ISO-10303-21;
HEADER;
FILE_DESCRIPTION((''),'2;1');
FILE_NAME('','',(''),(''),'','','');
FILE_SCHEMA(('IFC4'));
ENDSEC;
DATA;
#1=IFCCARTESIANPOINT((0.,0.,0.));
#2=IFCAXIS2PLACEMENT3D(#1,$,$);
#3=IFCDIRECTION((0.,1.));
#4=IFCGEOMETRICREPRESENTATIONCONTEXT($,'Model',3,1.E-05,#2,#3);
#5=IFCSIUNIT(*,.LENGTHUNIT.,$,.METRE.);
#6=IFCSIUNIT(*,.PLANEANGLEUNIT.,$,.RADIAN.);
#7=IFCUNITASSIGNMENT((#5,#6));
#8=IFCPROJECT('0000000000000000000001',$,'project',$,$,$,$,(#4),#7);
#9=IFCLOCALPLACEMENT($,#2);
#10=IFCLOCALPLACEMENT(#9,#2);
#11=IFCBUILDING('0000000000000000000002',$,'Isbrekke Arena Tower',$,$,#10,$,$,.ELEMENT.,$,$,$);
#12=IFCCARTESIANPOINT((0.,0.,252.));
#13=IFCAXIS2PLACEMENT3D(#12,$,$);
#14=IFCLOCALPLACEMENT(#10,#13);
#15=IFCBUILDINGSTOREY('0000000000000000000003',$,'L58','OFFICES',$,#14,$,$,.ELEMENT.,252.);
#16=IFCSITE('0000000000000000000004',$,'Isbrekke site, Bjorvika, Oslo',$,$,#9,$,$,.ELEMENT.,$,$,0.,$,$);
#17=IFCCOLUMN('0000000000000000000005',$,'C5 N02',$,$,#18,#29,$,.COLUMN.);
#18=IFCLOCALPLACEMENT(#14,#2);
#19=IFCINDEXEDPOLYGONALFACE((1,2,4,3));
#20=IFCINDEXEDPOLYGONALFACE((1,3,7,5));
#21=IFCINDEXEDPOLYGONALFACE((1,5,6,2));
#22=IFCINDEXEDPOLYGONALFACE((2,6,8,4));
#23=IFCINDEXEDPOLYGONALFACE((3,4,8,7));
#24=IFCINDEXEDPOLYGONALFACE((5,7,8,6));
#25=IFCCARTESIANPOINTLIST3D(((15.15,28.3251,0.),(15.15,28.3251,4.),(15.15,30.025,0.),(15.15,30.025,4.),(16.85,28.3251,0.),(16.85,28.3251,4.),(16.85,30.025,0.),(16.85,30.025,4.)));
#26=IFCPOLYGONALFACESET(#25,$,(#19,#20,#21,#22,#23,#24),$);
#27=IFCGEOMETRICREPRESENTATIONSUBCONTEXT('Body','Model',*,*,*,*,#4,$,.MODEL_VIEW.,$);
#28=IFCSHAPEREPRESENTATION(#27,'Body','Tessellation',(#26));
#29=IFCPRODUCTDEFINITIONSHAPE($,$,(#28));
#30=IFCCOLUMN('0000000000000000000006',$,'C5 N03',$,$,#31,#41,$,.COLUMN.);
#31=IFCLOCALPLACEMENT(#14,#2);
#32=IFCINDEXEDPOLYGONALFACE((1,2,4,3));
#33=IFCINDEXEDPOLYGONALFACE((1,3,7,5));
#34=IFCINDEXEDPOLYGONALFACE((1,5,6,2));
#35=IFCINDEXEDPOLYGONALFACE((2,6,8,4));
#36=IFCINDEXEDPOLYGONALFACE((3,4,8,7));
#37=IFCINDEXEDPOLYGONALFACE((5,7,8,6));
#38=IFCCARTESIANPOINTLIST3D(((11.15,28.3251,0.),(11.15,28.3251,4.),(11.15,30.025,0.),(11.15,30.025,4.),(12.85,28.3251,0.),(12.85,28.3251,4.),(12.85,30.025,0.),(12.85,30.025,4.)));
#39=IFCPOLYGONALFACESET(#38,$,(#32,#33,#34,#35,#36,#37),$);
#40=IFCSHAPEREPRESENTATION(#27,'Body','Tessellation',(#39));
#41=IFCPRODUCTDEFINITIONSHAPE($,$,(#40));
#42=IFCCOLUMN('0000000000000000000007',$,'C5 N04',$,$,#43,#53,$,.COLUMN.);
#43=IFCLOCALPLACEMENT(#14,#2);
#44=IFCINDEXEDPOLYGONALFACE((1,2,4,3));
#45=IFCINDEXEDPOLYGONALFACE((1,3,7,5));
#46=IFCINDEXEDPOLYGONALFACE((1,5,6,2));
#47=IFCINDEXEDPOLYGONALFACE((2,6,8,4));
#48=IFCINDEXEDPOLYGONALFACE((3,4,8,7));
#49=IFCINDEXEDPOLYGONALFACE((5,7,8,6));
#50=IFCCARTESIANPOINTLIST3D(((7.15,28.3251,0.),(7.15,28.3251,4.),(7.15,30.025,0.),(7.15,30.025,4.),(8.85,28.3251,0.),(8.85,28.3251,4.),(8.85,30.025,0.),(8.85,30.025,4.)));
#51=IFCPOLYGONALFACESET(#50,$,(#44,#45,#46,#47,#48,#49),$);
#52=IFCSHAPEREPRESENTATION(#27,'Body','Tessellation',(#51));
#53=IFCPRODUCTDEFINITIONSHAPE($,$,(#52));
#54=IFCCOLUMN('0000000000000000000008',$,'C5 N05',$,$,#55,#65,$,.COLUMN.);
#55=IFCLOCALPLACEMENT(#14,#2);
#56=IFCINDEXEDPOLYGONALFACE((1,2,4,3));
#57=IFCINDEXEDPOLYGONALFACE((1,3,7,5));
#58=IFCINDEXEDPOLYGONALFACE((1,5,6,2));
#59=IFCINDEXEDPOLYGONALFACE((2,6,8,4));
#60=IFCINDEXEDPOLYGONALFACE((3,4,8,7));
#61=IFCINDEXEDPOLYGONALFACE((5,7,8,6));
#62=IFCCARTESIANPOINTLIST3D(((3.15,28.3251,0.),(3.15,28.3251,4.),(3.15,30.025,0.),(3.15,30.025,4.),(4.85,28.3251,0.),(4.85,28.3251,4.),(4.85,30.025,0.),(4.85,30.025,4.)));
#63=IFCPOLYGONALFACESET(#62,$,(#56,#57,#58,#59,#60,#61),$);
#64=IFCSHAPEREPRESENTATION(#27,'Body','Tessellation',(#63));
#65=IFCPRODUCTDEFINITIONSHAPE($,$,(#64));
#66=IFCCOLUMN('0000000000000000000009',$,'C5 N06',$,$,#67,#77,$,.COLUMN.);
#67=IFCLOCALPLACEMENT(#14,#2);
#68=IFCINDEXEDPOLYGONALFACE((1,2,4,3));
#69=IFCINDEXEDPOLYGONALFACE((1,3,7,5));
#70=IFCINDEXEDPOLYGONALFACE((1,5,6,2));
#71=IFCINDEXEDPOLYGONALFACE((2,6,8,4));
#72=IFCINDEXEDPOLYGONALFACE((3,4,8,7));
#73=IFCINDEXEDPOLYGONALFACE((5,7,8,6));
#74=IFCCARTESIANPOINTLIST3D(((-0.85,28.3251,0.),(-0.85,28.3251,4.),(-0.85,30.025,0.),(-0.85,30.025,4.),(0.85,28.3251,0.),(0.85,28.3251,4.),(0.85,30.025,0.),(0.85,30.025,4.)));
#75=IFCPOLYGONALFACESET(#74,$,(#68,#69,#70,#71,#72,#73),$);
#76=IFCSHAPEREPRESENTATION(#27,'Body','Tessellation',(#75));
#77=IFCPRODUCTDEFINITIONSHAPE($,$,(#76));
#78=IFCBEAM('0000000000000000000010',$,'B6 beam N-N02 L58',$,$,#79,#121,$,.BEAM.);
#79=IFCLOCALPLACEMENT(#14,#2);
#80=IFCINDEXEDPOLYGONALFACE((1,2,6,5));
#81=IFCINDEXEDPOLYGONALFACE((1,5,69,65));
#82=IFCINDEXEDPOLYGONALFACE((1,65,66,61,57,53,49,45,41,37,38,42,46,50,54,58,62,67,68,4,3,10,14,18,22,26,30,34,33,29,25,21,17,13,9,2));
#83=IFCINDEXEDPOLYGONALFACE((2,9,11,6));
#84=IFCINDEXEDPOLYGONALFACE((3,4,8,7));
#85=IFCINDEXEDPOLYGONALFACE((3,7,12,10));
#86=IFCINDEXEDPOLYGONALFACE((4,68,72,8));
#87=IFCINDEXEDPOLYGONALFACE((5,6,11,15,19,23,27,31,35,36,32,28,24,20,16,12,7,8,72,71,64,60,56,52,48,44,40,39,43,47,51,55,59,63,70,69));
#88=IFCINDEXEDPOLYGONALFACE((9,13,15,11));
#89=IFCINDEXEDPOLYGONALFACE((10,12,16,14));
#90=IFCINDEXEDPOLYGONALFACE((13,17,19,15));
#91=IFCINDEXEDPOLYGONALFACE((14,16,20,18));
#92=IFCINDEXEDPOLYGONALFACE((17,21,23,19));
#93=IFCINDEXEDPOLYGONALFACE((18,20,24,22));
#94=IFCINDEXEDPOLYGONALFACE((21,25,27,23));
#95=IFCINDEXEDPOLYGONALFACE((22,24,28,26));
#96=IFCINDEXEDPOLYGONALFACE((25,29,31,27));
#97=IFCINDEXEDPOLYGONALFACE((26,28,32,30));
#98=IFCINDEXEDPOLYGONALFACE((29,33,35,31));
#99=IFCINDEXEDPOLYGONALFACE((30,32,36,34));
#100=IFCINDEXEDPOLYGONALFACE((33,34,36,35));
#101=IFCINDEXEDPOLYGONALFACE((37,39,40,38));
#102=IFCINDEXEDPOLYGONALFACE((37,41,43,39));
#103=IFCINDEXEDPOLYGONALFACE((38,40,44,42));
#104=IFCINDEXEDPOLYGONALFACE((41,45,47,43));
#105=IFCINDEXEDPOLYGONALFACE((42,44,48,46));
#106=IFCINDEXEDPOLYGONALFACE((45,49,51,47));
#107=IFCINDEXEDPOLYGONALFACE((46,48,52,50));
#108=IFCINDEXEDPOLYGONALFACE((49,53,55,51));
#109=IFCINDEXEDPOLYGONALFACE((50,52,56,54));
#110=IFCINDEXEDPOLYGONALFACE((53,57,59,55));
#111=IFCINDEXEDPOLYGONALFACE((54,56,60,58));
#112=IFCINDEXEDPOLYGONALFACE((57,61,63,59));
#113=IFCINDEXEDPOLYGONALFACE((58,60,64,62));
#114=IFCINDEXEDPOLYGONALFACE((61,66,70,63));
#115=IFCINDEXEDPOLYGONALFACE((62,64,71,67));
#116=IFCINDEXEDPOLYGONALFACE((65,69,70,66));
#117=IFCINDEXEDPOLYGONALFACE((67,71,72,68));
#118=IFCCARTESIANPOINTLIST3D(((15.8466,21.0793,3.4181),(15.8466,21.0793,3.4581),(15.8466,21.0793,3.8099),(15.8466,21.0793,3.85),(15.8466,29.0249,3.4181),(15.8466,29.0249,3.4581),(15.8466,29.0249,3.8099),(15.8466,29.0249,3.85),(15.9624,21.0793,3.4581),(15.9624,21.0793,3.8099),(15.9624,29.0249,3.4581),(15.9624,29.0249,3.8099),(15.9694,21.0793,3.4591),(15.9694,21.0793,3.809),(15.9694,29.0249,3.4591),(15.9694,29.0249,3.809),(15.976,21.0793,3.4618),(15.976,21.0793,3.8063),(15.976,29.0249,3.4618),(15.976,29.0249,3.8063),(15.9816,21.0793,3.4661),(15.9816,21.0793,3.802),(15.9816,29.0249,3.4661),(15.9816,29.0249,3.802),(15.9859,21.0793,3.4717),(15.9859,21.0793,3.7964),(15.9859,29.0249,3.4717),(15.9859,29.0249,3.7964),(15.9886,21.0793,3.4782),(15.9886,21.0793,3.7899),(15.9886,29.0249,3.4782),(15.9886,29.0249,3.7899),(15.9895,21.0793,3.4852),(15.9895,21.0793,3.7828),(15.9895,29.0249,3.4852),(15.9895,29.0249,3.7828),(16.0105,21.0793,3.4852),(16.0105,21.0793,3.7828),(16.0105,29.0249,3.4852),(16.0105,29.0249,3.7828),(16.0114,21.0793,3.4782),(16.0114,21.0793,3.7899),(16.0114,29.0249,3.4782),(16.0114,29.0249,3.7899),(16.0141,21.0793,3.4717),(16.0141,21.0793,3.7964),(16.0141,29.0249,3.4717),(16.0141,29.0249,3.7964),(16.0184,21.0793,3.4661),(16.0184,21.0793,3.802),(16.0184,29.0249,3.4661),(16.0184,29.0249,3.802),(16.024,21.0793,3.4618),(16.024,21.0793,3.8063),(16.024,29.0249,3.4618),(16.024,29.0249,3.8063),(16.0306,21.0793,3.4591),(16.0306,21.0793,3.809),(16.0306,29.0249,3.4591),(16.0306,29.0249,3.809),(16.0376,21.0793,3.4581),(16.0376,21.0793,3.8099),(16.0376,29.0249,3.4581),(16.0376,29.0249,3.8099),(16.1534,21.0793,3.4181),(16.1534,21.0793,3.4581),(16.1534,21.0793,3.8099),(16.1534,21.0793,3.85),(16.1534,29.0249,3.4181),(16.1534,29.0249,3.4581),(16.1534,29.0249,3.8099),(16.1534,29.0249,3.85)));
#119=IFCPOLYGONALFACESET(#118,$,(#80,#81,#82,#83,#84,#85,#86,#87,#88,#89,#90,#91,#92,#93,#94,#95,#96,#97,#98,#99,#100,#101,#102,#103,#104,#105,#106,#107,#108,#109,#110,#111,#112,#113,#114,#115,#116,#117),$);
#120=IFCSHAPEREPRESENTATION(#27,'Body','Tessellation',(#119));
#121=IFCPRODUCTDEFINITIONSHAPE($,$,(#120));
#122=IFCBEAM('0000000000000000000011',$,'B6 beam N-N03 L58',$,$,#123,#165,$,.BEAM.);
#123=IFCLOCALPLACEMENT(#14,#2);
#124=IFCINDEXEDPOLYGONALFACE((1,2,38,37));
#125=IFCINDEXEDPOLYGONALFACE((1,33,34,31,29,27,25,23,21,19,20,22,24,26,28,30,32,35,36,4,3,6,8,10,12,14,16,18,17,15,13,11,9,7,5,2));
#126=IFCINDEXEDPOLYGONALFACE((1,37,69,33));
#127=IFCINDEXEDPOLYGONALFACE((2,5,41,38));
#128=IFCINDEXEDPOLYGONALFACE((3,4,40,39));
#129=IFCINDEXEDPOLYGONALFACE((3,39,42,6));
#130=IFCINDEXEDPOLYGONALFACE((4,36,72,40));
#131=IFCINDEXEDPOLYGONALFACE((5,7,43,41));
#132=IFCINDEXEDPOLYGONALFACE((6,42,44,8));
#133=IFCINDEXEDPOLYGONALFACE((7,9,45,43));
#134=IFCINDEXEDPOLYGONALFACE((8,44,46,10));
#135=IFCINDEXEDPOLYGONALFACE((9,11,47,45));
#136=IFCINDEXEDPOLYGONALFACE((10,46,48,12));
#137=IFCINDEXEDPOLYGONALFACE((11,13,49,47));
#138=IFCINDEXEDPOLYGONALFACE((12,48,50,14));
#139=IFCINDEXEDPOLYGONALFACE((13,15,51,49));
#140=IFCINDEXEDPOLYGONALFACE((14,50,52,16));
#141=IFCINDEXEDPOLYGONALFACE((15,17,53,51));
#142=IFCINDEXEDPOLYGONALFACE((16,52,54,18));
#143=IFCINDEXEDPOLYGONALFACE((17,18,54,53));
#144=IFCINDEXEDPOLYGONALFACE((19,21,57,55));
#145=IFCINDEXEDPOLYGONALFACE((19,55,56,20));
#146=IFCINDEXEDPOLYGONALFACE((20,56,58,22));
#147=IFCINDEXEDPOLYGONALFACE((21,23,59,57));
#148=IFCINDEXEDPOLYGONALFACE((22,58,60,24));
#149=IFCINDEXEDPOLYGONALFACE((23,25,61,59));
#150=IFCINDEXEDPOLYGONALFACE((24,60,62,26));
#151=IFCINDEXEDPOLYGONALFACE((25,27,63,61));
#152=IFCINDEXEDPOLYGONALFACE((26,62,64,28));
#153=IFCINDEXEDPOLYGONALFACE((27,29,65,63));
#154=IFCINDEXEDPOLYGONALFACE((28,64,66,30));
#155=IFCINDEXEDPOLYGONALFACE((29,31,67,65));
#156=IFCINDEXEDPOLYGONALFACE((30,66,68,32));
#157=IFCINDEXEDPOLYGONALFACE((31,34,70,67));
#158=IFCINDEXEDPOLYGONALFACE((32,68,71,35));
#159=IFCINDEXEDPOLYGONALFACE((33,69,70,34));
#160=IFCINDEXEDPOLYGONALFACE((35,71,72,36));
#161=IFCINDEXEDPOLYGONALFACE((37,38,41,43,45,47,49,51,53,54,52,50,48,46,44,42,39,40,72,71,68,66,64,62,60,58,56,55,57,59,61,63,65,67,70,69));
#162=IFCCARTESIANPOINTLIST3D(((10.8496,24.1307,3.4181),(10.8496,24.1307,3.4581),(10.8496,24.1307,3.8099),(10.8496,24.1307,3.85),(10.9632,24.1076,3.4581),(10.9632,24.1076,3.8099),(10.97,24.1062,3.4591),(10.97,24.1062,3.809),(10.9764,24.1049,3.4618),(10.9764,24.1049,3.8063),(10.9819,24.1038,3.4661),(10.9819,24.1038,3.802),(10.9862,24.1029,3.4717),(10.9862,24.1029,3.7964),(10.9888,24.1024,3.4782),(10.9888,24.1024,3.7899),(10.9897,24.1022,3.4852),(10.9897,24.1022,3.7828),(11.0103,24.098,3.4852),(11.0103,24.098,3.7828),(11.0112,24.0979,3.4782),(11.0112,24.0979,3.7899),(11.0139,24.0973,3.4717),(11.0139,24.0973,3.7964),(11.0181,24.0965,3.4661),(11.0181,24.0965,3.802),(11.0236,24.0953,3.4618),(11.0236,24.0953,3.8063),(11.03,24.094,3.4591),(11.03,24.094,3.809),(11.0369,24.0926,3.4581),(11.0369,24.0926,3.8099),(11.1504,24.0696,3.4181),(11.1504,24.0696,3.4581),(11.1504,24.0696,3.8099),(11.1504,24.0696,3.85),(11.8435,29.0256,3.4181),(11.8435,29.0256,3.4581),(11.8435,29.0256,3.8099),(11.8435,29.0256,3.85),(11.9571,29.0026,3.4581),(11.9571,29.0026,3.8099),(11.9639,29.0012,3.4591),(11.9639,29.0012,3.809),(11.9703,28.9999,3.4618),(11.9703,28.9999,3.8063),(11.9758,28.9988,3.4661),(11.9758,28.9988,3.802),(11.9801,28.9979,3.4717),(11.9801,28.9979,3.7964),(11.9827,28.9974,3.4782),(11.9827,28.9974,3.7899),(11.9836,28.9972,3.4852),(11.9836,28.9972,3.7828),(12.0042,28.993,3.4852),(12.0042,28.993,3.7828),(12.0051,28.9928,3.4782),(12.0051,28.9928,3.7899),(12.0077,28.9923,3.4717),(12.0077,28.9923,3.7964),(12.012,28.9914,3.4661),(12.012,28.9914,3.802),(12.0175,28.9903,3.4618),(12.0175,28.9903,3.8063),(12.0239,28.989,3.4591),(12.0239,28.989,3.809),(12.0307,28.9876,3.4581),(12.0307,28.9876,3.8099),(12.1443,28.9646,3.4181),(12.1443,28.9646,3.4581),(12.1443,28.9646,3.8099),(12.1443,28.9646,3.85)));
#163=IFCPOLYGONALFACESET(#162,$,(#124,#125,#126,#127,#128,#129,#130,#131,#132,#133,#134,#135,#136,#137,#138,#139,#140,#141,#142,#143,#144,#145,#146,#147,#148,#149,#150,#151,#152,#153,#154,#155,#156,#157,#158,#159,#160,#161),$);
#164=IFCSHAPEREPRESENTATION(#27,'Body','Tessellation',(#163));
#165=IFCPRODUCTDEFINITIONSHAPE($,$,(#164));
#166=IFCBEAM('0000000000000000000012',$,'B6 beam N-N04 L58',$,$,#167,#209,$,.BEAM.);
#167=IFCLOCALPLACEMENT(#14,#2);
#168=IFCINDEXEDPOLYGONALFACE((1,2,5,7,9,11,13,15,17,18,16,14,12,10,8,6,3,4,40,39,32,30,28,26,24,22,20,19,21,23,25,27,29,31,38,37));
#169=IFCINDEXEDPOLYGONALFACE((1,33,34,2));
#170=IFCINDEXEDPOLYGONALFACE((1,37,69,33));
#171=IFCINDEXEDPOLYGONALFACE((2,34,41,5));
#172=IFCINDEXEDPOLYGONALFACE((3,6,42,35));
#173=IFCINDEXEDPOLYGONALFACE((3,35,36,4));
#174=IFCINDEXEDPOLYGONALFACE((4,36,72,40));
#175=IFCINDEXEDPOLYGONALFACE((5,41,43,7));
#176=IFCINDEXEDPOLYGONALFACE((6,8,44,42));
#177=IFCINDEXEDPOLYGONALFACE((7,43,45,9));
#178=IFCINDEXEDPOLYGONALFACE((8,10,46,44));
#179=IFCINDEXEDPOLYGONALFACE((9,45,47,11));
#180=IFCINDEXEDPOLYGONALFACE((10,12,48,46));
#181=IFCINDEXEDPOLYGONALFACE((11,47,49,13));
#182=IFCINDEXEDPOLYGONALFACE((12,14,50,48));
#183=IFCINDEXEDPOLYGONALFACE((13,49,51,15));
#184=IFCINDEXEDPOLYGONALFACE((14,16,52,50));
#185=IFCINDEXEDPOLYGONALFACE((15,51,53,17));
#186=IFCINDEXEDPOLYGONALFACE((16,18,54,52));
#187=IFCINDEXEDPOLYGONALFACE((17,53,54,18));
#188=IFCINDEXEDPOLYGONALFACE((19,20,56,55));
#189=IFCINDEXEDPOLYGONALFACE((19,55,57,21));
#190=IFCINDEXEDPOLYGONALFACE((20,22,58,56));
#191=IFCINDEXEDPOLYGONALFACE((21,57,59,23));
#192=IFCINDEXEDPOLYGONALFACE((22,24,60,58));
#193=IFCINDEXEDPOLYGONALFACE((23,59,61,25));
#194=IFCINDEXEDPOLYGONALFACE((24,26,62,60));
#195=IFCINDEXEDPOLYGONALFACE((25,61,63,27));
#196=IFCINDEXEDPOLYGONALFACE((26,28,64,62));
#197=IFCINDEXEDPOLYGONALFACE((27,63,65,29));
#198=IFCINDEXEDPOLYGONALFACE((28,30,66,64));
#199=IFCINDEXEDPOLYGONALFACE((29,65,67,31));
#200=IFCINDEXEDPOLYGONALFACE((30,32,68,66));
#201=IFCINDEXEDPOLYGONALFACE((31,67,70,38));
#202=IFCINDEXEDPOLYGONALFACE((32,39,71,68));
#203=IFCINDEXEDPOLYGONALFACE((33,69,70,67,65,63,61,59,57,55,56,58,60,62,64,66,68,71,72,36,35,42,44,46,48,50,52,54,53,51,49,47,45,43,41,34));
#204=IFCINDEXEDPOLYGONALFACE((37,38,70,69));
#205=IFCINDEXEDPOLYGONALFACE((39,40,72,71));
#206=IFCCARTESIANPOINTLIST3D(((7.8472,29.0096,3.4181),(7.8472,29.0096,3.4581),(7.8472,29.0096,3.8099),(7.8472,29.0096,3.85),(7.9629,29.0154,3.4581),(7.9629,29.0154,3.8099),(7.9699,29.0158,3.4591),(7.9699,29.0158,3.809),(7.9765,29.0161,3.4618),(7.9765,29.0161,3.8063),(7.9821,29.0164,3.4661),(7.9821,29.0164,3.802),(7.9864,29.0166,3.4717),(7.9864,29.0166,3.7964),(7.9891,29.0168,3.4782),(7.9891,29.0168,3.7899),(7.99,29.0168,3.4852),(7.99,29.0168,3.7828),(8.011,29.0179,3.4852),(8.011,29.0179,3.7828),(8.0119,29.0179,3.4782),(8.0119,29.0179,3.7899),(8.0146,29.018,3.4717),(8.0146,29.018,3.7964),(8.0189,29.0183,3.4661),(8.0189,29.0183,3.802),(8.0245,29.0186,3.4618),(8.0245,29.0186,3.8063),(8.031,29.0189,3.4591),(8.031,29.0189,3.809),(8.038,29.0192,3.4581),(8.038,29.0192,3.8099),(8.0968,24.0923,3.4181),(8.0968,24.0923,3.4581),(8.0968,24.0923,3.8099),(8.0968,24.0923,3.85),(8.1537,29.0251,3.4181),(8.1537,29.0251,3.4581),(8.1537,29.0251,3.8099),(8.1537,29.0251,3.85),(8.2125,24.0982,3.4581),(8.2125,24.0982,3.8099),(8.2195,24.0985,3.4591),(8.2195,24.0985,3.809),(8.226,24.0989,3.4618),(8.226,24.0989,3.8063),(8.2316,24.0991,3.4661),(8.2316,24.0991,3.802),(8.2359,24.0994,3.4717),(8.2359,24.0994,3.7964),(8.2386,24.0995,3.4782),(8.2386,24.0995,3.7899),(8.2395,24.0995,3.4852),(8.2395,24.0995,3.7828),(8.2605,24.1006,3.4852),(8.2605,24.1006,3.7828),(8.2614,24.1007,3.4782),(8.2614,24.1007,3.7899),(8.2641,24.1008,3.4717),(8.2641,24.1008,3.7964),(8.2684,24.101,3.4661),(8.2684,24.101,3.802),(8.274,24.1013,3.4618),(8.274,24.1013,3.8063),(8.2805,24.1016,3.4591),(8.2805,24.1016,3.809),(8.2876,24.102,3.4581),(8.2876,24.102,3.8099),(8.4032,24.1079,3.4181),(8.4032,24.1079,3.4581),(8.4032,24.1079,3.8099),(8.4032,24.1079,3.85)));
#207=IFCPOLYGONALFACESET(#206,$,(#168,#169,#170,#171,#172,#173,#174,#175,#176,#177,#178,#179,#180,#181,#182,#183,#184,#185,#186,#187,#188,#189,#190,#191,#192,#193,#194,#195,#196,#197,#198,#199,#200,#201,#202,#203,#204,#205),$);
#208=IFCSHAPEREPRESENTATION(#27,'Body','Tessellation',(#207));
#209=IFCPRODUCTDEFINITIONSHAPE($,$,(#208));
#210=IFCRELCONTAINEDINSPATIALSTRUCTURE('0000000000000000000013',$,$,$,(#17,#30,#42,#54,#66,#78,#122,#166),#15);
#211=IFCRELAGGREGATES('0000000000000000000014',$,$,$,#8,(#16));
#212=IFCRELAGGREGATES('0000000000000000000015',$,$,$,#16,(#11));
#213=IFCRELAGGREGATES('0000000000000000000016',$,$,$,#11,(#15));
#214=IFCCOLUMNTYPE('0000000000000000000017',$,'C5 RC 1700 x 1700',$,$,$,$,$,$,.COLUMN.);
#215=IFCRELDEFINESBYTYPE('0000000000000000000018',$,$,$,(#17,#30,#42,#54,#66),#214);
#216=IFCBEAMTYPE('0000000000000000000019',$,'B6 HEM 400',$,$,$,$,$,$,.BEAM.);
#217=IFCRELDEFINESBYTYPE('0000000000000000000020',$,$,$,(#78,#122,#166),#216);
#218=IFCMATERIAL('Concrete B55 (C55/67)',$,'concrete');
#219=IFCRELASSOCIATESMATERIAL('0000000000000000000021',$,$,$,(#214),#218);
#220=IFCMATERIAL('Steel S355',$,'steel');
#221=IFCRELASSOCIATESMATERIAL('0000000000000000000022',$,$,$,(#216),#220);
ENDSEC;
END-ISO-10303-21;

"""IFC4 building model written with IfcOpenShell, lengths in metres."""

from ifc_helpers import new_model, si_unit, direction, frame, origin, origin_2d, place, context, subcontext, project, spatial, rectangle, i_section, extrude, material, material_profile, profile_set, type_object, element, save


model = new_model("IFC4")

# Units and contexts
model_context = context("Model", 3, precision=1e-05, world=origin(), true_north=direction((0.0, 1.0)))
body_context = subcontext(model_context, "Body", "Model", "MODEL_VIEW")
ifc_project = project(units=[si_unit("LENGTHUNIT", "METRE"), si_unit("PLANEANGLEUNIT", "RADIAN")], contexts=[model_context])

# Site, building, storey
site_placement = place(None, origin())
site = spatial("IfcSite", under=ifc_project, at=site_placement, Name="Isbrekke site, Bjorvika, Oslo", CompositionType="ELEMENT", RefElevation=0.0)
building_placement = place(site_placement, origin())
building = spatial("IfcBuilding", under=site, at=building_placement, Name="Isbrekke Arena Tower", CompositionType="ELEMENT")
storey_placement = place(building_placement, frame((0.0, 0.0, 252.0)))
storey = spatial("IfcBuildingStorey", under=building, at=storey_placement, Name="L58", Description="OFFICES", CompositionType="ELEMENT", Elevation=252.0)

# Columns
ifc_material_1 = material(Name="Concrete B55 (C55/67)", Category="concrete")
ifc_material_profile_1 = material_profile(ifc_material_1, rectangle(XDim=1.7, YDim=1.7, at=origin_2d()), Name="RC 1700x1700")
ifc_profile_set_1 = profile_set([ifc_material_profile_1], Name="Concrete B55 (C55/67)")
column_type = type_object("IfcColumnType", Name="C5 RC 1700 x 1700", PredefinedType="COLUMN", material=ifc_profile_set_1)
for number, where, z_axis, x_axis, name in (
    (1, (16.0, 29.175, 0.0), (0.0, 0.0, 1.0), (-1.0, 0.0, 0.0), "C5 N02"),
    (2, (12.0, 29.175, 0.0), (0.0, 0.0, 1.0), (-1.0, 0.0, 0.0), "C5 N03"),
    (3, (8.0, 29.175, 0.0), (0.0, 0.0, 1.0), (-1.0, 0.0, 0.0), "C5 N04"),
    (4, (4.0, 29.175, 0.0), (0.0, 0.0, 1.0), (-1.0, 0.0, 0.0), "C5 N05"),
    (5, (0.0, 29.175, 0.0), (0.0, 0.0, 1.0), (-1.0, 0.0, 0.0), "C5 N06"),
):
    element("IfcColumn", number, at=place(storey_placement, frame(where, z_axis=z_axis, x_axis=x_axis)), inside=storey, type_object=column_type, Name=name, PredefinedType="COLUMN", context=body_context, shape_type="SweptSolid", body=[
        extrude(rectangle(XDim=1.7, YDim=1.7, at=origin_2d()), origin(), (0.0, 0.0, 1.0), 4.0),
    ])

# Beams
ifc_material_2 = material(Name="Steel S355", Category="steel")
ifc_material_profile_2 = material_profile(ifc_material_2, i_section(OverallWidth=0.3069, OverallDepth=0.4319, WebThickness=0.021, FlangeThickness=0.04, FilletRadius=0.0271, at=origin_2d()), Name="HEM 400")
ifc_profile_set_2 = profile_set([ifc_material_profile_2], Name="Steel S355")
beam_type_1 = type_object("IfcBeamType", Name="B6 HEM 400", PredefinedType="BEAM", material=ifc_profile_set_2)
beam_1_placement = place(storey_placement, frame((16.0, 29.0249, 3.634), z_axis=(0.0, -1.0, 0.0), x_axis=(1.0, 0.0, 0.0)))
element("IfcBeam", 6, at=beam_1_placement, inside=storey, type_object=beam_type_1, Name="B6 beam N-N02 L58", PredefinedType="BEAM", context=body_context, shape_type="SweptSolid", body=[
    extrude(i_section(OverallWidth=0.3069, OverallDepth=0.4319, WebThickness=0.021, FlangeThickness=0.04, FilletRadius=0.0271, at=origin_2d()), origin(), (0.0, 0.0, 1.0), 7.9456),
])
beam_2_placement = place(storey_placement, frame((11.9939, 28.9951, 3.634), z_axis=(-0.198982, -0.980003, 0.0), x_axis=(0.980003, -0.198982, 0.0)))
element("IfcBeam", 7, at=beam_2_placement, inside=storey, type_object=beam_type_1, Name="B6 beam N-N03 L58", PredefinedType="BEAM", context=body_context, shape_type="SweptSolid", body=[
    extrude(i_section(OverallWidth=0.3069, OverallDepth=0.4319, WebThickness=0.021, FlangeThickness=0.04, FilletRadius=0.0271, at=origin_2d()), origin(), (0.0, 0.0, 1.0), 4.9949),
])
beam_3_placement = place(storey_placement, frame((8.0005, 29.0173, 3.634), z_axis=(0.050677, -0.998715, 0.0), x_axis=(0.998715, 0.050677, 0.0)))
element("IfcBeam", 8, at=beam_3_placement, inside=storey, type_object=beam_type_1, Name="B6 beam N-N04 L58", PredefinedType="BEAM", context=body_context, shape_type="SweptSolid", body=[
    extrude(i_section(OverallWidth=0.3069, OverallDepth=0.4319, WebThickness=0.021, FlangeThickness=0.04, FilletRadius=0.0271, at=origin_2d()), origin(), (0.0, 0.0, 1.0), 4.9236),
])

save(model, "model.ifc")
